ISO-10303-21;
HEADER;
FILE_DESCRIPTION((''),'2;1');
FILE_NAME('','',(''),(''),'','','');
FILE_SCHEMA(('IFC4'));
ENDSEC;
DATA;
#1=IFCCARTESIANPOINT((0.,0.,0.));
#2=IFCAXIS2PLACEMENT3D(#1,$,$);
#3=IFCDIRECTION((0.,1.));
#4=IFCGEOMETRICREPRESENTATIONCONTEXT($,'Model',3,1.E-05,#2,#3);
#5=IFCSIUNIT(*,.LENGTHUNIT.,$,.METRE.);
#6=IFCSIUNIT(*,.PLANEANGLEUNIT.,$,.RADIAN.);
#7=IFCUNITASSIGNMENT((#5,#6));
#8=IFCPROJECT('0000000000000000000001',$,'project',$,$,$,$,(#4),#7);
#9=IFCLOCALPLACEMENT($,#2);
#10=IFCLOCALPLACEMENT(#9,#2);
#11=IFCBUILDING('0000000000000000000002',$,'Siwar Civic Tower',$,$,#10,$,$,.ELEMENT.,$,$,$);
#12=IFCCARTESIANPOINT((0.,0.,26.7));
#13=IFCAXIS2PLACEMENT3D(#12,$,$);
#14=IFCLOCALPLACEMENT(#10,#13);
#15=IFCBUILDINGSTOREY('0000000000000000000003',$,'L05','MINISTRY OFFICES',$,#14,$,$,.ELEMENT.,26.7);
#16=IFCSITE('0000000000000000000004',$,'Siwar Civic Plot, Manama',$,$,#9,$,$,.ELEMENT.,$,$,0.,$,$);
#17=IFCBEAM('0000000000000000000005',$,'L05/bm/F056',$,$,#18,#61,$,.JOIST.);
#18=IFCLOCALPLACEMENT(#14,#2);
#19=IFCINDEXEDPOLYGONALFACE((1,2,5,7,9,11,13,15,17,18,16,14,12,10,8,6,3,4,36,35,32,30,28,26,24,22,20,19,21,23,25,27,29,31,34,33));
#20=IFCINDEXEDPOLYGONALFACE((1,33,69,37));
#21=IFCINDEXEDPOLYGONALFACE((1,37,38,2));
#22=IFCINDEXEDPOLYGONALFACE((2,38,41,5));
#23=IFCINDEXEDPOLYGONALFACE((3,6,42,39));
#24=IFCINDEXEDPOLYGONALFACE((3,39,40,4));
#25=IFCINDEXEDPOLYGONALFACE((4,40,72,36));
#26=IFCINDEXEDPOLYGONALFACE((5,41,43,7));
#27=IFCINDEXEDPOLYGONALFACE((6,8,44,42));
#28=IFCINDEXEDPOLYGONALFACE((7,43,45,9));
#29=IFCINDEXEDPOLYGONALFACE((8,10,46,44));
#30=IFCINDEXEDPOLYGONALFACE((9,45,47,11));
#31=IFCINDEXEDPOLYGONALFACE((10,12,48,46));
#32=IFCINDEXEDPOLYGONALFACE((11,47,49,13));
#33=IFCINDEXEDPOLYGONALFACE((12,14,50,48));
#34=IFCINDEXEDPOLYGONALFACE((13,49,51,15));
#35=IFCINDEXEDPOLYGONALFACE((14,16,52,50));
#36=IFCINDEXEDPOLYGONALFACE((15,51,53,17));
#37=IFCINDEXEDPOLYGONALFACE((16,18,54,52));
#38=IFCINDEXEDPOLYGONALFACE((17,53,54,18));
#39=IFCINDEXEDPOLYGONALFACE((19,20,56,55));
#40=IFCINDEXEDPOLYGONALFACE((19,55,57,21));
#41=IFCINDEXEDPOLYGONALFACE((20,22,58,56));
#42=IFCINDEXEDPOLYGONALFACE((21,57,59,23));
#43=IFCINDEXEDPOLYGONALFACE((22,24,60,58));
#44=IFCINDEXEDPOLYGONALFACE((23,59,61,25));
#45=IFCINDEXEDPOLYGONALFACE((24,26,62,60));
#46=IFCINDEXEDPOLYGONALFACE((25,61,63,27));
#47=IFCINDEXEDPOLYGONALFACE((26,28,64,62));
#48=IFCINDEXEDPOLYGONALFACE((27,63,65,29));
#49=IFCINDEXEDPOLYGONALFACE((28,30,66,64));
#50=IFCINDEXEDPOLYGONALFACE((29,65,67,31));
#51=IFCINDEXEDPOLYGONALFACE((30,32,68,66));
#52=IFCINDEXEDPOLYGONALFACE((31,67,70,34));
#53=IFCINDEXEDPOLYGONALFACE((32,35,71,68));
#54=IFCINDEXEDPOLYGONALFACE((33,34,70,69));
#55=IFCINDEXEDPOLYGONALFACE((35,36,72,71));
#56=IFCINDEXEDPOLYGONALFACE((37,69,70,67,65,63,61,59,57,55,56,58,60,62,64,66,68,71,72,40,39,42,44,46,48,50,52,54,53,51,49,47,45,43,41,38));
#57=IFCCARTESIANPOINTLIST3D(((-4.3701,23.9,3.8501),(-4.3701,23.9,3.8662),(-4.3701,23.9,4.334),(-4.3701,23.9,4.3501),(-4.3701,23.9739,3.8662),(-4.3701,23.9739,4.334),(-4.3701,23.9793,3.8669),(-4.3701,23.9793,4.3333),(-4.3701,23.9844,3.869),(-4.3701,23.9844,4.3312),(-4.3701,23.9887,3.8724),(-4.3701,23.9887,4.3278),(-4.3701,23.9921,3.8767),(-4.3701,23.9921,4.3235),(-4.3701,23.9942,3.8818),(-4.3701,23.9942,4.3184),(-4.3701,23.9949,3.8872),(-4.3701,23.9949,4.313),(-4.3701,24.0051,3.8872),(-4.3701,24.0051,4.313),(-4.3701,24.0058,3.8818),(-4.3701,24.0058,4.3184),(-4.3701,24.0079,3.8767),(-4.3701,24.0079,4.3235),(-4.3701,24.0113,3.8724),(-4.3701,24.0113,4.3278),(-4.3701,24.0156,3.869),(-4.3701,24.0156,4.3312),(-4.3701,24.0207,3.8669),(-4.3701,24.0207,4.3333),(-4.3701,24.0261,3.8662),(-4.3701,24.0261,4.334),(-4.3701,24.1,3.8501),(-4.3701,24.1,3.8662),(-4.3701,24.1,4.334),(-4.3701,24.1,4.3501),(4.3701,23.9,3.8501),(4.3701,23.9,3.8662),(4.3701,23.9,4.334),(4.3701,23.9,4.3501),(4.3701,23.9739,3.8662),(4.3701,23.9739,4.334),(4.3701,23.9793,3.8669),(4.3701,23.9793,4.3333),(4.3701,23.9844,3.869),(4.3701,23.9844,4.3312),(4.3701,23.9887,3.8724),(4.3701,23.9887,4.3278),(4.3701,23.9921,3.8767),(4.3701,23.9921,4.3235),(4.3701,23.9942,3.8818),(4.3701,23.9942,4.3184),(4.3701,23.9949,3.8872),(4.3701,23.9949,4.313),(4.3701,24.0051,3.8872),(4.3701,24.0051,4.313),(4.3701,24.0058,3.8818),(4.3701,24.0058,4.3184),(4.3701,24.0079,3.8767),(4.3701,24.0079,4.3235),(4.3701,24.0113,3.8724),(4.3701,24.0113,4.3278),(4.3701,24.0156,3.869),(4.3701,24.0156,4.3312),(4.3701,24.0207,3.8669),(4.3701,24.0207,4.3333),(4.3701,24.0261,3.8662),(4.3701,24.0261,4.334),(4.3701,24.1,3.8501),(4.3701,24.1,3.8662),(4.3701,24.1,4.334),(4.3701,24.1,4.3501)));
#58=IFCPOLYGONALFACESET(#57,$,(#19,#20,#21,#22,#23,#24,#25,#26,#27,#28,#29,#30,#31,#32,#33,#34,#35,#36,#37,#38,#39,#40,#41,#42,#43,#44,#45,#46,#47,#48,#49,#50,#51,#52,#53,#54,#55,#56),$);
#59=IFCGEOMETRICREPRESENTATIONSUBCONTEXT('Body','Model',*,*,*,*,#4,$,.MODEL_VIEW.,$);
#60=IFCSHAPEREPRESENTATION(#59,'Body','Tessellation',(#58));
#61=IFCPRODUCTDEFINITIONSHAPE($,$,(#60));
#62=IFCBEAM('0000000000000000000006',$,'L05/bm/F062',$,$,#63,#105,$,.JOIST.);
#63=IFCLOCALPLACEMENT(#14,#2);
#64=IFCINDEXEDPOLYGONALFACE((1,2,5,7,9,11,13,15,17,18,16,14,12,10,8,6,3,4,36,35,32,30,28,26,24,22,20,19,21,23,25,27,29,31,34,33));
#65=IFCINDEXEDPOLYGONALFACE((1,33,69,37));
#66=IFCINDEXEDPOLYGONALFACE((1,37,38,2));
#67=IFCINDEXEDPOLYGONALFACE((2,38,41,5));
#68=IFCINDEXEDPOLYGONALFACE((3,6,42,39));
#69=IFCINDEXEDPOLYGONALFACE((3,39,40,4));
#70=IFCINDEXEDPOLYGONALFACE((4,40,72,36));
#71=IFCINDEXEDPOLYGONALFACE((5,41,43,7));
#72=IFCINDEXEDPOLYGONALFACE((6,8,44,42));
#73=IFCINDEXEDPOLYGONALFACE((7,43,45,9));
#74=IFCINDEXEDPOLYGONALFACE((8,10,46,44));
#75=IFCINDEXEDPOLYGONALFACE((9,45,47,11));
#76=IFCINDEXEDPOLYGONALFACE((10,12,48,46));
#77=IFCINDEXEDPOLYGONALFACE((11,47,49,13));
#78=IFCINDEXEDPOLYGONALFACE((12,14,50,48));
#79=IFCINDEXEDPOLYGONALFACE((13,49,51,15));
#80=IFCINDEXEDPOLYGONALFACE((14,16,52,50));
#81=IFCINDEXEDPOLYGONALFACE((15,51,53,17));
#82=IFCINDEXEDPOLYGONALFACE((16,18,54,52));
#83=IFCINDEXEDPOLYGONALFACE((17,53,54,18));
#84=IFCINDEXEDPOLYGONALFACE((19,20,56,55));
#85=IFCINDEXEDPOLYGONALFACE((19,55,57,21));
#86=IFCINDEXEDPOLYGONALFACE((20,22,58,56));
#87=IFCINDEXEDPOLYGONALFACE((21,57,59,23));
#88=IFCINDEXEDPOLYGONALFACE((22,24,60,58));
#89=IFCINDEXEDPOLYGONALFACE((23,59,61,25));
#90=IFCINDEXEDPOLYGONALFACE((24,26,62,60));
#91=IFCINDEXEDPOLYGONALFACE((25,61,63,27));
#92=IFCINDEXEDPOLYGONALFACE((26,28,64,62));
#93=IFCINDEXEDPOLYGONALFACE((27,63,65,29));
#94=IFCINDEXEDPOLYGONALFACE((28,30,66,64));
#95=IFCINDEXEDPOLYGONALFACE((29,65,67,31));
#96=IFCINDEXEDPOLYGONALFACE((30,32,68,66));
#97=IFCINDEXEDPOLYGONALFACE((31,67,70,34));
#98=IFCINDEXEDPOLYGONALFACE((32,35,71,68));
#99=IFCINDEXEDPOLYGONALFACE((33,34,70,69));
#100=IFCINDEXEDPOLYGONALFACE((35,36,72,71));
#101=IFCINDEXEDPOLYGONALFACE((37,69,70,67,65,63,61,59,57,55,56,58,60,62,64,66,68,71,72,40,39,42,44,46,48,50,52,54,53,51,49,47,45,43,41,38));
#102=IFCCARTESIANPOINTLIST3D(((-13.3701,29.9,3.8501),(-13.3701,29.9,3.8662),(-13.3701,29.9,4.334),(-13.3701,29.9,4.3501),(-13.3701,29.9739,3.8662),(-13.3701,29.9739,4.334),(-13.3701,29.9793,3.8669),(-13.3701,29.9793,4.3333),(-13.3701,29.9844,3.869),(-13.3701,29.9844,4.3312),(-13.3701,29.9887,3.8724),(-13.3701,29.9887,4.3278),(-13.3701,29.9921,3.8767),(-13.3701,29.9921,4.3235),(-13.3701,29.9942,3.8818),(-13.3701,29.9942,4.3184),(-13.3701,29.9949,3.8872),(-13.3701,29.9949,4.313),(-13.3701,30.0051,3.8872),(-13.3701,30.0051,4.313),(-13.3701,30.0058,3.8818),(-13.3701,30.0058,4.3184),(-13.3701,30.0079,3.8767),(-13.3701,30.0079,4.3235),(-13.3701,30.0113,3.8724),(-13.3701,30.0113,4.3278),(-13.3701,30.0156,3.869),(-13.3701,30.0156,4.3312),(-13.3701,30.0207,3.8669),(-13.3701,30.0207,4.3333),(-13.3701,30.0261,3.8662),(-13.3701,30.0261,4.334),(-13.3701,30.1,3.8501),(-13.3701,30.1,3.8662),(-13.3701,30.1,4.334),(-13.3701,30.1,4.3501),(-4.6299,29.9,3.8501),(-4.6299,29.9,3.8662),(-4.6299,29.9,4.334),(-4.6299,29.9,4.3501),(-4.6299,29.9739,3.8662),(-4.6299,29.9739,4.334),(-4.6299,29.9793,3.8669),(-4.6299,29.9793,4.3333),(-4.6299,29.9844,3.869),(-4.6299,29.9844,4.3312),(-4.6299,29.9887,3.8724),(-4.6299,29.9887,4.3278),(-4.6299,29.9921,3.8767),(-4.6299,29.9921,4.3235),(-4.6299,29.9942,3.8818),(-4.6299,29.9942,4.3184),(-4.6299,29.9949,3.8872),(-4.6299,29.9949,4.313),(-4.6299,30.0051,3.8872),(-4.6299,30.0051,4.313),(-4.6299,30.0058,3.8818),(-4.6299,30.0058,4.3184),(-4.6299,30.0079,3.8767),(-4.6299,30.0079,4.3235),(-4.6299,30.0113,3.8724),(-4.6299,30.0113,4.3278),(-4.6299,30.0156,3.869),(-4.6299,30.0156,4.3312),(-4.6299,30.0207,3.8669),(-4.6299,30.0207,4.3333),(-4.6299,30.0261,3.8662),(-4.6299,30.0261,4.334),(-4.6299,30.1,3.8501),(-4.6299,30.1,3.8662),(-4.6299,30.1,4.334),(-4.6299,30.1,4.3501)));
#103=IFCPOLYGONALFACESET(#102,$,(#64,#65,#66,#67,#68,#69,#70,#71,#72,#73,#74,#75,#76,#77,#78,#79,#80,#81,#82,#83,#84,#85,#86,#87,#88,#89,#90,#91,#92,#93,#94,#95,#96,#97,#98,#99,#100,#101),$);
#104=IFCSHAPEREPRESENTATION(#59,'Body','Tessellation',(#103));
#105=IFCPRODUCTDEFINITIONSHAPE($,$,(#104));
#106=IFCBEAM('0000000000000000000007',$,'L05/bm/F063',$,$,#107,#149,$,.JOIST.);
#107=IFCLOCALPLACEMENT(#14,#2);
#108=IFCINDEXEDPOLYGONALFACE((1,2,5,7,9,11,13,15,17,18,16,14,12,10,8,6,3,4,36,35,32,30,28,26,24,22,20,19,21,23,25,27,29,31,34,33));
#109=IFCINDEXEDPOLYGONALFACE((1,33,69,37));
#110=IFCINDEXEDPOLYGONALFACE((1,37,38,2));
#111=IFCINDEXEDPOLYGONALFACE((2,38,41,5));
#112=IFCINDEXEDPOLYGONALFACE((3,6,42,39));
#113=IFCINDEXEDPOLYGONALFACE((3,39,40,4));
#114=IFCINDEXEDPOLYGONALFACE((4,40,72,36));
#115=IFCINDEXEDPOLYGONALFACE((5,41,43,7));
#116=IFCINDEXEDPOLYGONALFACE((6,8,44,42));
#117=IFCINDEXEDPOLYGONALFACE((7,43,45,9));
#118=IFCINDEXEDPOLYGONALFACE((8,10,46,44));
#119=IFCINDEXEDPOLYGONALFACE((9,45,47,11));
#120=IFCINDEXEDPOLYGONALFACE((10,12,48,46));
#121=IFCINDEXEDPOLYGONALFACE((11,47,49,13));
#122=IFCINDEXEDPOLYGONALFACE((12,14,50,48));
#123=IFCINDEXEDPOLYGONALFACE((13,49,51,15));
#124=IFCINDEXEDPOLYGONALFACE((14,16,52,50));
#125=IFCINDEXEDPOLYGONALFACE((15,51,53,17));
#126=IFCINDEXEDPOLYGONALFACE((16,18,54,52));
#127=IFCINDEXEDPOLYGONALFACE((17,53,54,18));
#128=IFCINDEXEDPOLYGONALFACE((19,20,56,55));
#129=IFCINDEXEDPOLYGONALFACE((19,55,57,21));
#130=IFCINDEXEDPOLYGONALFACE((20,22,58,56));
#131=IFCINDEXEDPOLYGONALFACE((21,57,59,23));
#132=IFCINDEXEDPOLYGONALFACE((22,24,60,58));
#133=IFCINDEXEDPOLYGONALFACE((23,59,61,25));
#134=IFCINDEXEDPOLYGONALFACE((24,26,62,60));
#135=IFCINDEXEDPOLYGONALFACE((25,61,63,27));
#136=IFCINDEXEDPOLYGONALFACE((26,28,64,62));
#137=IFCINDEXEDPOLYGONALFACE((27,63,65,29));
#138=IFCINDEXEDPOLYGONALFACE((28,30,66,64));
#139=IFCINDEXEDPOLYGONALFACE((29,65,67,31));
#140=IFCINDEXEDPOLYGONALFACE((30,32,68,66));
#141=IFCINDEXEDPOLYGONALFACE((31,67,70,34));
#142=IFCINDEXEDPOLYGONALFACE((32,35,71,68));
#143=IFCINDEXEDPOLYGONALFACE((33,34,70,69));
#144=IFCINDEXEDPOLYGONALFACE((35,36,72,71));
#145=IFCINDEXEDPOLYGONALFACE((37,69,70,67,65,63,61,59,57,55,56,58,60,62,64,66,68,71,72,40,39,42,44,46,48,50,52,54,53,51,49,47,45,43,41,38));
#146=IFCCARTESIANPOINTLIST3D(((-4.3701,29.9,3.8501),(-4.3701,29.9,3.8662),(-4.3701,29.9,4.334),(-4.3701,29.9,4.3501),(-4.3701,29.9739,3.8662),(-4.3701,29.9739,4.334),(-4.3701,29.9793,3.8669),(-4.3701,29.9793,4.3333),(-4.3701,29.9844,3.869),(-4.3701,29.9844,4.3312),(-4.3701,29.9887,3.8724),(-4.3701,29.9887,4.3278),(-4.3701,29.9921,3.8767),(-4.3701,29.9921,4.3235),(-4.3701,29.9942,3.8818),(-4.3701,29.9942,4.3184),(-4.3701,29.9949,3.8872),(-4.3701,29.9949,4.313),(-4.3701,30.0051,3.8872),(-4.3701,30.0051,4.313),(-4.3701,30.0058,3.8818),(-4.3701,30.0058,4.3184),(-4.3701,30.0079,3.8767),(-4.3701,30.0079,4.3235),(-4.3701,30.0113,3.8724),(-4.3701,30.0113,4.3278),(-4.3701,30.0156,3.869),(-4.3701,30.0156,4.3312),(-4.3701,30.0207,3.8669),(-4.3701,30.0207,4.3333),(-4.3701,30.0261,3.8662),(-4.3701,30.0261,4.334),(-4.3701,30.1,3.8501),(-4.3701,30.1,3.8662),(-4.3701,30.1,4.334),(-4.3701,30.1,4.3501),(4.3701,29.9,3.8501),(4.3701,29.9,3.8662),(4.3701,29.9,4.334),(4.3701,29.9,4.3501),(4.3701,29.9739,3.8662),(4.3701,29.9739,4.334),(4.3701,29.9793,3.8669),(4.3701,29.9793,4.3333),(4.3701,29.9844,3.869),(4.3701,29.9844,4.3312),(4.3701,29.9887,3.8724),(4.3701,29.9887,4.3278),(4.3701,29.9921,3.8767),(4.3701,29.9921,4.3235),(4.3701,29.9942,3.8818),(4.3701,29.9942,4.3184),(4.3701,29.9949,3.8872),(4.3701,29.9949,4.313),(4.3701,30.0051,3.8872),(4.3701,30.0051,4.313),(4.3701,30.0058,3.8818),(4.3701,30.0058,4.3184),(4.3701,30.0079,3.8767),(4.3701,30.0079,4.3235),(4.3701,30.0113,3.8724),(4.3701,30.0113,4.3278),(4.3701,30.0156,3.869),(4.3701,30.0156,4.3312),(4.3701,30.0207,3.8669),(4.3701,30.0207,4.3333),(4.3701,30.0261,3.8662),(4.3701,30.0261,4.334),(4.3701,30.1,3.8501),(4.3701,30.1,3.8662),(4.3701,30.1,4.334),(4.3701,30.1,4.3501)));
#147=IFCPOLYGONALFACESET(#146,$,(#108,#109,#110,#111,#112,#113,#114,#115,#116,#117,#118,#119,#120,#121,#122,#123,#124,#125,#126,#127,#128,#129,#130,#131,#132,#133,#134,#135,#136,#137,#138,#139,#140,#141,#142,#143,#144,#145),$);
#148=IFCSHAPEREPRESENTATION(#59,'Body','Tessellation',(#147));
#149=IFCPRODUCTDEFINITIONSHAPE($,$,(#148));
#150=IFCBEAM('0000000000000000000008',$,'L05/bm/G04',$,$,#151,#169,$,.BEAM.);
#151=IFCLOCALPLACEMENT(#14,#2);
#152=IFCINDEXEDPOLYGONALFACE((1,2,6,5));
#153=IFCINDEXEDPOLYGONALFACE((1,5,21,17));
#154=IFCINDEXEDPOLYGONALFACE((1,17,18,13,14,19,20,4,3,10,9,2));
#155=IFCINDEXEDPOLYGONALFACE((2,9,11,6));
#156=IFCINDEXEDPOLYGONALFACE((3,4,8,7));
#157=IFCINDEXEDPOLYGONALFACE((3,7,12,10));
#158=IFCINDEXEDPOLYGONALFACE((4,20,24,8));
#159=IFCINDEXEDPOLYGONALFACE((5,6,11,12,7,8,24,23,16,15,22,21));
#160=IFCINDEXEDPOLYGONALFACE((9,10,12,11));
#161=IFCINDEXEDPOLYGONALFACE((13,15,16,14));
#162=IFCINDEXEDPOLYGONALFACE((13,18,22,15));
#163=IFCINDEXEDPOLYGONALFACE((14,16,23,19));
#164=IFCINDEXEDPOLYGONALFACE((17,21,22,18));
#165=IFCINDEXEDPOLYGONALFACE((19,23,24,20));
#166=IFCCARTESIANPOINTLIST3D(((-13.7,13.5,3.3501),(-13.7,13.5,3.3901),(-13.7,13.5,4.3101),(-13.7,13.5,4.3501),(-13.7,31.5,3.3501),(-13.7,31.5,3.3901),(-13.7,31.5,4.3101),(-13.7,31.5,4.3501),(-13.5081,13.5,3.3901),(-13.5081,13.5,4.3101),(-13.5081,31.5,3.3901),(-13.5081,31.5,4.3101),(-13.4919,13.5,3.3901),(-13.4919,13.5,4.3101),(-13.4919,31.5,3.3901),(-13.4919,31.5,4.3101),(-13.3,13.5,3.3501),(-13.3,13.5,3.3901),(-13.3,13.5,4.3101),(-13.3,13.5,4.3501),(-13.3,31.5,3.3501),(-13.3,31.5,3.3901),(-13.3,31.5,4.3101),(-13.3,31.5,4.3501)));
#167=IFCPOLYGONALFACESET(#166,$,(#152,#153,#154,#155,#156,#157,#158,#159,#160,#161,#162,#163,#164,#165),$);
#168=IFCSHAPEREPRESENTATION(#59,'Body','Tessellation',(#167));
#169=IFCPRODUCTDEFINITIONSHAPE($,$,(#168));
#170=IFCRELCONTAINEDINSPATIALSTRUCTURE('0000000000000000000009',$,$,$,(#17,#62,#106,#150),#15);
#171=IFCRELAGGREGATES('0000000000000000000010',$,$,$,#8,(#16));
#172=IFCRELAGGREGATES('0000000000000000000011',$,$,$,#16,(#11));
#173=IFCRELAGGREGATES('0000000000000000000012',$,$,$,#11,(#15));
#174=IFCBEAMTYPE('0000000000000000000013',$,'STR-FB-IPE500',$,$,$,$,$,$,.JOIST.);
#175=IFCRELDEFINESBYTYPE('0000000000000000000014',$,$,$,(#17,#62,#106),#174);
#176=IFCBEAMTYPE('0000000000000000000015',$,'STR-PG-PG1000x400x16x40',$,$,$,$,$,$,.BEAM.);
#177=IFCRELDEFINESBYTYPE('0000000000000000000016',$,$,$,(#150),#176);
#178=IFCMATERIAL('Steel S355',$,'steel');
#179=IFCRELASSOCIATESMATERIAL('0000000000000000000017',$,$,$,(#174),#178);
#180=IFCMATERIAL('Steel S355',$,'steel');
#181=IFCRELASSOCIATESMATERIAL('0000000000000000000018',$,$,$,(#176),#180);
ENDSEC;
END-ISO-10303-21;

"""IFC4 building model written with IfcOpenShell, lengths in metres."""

from ifc_helpers import new_model, si_unit, direction, frame, origin, origin_2d, place, context, subcontext, project, spatial, i_section, extrude, material, material_profile, profile_set, type_object, element, save


model = new_model("IFC4")

# Units and contexts
model_context = context("Model", 3, precision=1e-05, world=origin(), true_north=direction((0.0, 1.0)))
body_context = subcontext(model_context, "Body", "Model", "MODEL_VIEW")
ifc_project = project(units=[si_unit("LENGTHUNIT", "METRE"), si_unit("PLANEANGLEUNIT", "RADIAN")], contexts=[model_context])

# Site, building, storey
site_placement = place(None, origin())
site = spatial("IfcSite", under=ifc_project, at=site_placement, Name="Siwar Civic Plot, Manama", CompositionType="ELEMENT", RefElevation=0.0)
building_placement = place(site_placement, origin())
building = spatial("IfcBuilding", under=site, at=building_placement, Name="Siwar Civic Tower", CompositionType="ELEMENT")
storey_placement = place(building_placement, frame((0.0, 0.0, 26.7)))
storey = spatial("IfcBuildingStorey", under=building, at=storey_placement, Name="L05", Description="MINISTRY OFFICES", CompositionType="ELEMENT", Elevation=26.7)

# Beams
ifc_material_1 = material(Name="Steel S355", Category="steel")
ifc_material_profile_1 = material_profile(ifc_material_1, i_section(OverallWidth=0.2, OverallDepth=0.5, WebThickness=0.0103, FlangeThickness=0.0161, FilletRadius=0.021, at=origin_2d()), Name="IPE500")
ifc_profile_set_1 = profile_set([ifc_material_profile_1], Name="Steel S355")
beam_type_1 = type_object("IfcBeamType", Name="STR-FB-IPE500", PredefinedType="JOIST", material=ifc_profile_set_1)
for number, where, z_axis, x_axis, name in (
    (1, (-4.3701, 24.0, 4.1001), (1.0, 0.0, 0.0), (0.0, 1.0, 0.0), "L05/bm/F056"),
    (2, (-13.3701, 30.0, 4.1001), (1.0, 0.0, 0.0), (0.0, 1.0, 0.0), "L05/bm/F062"),
    (3, (-4.3701, 30.0, 4.1001), (1.0, 0.0, 0.0), (0.0, 1.0, 0.0), "L05/bm/F063"),
):
    element("IfcBeam", number, at=place(storey_placement, frame(where, z_axis=z_axis, x_axis=x_axis)), inside=storey, type_object=beam_type_1, Name=name, PredefinedType="JOIST", context=body_context, shape_type="SweptSolid", body=[
        extrude(i_section(OverallWidth=0.2, OverallDepth=0.5, WebThickness=0.0103, FlangeThickness=0.0161, FilletRadius=0.021, at=origin_2d()), origin(), (0.0, 0.0, 1.0), 8.7402),
    ])
ifc_material_2 = material(Name="Steel S355", Category="steel")
ifc_material_profile_2 = material_profile(ifc_material_2, i_section(OverallWidth=0.3999, OverallDepth=1.0, WebThickness=0.0161, FlangeThickness=0.04, at=origin_2d()), Name="PG1000x400x16x40")
ifc_profile_set_2 = profile_set([ifc_material_profile_2], Name="Steel S355")
beam_type_2 = type_object("IfcBeamType", Name="STR-PG-PG1000x400x16x40", PredefinedType="BEAM", material=ifc_profile_set_2)
beam_1_placement = place(storey_placement, frame((-13.5, 13.5, 3.8501), z_axis=(0.0, 1.0, 0.0), x_axis=(-1.0, 0.0, 0.0)))
element("IfcBeam", 4, at=beam_1_placement, inside=storey, type_object=beam_type_2, Name="L05/bm/G04", PredefinedType="BEAM", context=body_context, shape_type="SweptSolid", body=[
    extrude(i_section(OverallWidth=0.3999, OverallDepth=1.0, WebThickness=0.0161, FlangeThickness=0.04, at=origin_2d()), origin(), (0.0, 0.0, 1.0), 18.0),
])

save(model, "model.ifc")
